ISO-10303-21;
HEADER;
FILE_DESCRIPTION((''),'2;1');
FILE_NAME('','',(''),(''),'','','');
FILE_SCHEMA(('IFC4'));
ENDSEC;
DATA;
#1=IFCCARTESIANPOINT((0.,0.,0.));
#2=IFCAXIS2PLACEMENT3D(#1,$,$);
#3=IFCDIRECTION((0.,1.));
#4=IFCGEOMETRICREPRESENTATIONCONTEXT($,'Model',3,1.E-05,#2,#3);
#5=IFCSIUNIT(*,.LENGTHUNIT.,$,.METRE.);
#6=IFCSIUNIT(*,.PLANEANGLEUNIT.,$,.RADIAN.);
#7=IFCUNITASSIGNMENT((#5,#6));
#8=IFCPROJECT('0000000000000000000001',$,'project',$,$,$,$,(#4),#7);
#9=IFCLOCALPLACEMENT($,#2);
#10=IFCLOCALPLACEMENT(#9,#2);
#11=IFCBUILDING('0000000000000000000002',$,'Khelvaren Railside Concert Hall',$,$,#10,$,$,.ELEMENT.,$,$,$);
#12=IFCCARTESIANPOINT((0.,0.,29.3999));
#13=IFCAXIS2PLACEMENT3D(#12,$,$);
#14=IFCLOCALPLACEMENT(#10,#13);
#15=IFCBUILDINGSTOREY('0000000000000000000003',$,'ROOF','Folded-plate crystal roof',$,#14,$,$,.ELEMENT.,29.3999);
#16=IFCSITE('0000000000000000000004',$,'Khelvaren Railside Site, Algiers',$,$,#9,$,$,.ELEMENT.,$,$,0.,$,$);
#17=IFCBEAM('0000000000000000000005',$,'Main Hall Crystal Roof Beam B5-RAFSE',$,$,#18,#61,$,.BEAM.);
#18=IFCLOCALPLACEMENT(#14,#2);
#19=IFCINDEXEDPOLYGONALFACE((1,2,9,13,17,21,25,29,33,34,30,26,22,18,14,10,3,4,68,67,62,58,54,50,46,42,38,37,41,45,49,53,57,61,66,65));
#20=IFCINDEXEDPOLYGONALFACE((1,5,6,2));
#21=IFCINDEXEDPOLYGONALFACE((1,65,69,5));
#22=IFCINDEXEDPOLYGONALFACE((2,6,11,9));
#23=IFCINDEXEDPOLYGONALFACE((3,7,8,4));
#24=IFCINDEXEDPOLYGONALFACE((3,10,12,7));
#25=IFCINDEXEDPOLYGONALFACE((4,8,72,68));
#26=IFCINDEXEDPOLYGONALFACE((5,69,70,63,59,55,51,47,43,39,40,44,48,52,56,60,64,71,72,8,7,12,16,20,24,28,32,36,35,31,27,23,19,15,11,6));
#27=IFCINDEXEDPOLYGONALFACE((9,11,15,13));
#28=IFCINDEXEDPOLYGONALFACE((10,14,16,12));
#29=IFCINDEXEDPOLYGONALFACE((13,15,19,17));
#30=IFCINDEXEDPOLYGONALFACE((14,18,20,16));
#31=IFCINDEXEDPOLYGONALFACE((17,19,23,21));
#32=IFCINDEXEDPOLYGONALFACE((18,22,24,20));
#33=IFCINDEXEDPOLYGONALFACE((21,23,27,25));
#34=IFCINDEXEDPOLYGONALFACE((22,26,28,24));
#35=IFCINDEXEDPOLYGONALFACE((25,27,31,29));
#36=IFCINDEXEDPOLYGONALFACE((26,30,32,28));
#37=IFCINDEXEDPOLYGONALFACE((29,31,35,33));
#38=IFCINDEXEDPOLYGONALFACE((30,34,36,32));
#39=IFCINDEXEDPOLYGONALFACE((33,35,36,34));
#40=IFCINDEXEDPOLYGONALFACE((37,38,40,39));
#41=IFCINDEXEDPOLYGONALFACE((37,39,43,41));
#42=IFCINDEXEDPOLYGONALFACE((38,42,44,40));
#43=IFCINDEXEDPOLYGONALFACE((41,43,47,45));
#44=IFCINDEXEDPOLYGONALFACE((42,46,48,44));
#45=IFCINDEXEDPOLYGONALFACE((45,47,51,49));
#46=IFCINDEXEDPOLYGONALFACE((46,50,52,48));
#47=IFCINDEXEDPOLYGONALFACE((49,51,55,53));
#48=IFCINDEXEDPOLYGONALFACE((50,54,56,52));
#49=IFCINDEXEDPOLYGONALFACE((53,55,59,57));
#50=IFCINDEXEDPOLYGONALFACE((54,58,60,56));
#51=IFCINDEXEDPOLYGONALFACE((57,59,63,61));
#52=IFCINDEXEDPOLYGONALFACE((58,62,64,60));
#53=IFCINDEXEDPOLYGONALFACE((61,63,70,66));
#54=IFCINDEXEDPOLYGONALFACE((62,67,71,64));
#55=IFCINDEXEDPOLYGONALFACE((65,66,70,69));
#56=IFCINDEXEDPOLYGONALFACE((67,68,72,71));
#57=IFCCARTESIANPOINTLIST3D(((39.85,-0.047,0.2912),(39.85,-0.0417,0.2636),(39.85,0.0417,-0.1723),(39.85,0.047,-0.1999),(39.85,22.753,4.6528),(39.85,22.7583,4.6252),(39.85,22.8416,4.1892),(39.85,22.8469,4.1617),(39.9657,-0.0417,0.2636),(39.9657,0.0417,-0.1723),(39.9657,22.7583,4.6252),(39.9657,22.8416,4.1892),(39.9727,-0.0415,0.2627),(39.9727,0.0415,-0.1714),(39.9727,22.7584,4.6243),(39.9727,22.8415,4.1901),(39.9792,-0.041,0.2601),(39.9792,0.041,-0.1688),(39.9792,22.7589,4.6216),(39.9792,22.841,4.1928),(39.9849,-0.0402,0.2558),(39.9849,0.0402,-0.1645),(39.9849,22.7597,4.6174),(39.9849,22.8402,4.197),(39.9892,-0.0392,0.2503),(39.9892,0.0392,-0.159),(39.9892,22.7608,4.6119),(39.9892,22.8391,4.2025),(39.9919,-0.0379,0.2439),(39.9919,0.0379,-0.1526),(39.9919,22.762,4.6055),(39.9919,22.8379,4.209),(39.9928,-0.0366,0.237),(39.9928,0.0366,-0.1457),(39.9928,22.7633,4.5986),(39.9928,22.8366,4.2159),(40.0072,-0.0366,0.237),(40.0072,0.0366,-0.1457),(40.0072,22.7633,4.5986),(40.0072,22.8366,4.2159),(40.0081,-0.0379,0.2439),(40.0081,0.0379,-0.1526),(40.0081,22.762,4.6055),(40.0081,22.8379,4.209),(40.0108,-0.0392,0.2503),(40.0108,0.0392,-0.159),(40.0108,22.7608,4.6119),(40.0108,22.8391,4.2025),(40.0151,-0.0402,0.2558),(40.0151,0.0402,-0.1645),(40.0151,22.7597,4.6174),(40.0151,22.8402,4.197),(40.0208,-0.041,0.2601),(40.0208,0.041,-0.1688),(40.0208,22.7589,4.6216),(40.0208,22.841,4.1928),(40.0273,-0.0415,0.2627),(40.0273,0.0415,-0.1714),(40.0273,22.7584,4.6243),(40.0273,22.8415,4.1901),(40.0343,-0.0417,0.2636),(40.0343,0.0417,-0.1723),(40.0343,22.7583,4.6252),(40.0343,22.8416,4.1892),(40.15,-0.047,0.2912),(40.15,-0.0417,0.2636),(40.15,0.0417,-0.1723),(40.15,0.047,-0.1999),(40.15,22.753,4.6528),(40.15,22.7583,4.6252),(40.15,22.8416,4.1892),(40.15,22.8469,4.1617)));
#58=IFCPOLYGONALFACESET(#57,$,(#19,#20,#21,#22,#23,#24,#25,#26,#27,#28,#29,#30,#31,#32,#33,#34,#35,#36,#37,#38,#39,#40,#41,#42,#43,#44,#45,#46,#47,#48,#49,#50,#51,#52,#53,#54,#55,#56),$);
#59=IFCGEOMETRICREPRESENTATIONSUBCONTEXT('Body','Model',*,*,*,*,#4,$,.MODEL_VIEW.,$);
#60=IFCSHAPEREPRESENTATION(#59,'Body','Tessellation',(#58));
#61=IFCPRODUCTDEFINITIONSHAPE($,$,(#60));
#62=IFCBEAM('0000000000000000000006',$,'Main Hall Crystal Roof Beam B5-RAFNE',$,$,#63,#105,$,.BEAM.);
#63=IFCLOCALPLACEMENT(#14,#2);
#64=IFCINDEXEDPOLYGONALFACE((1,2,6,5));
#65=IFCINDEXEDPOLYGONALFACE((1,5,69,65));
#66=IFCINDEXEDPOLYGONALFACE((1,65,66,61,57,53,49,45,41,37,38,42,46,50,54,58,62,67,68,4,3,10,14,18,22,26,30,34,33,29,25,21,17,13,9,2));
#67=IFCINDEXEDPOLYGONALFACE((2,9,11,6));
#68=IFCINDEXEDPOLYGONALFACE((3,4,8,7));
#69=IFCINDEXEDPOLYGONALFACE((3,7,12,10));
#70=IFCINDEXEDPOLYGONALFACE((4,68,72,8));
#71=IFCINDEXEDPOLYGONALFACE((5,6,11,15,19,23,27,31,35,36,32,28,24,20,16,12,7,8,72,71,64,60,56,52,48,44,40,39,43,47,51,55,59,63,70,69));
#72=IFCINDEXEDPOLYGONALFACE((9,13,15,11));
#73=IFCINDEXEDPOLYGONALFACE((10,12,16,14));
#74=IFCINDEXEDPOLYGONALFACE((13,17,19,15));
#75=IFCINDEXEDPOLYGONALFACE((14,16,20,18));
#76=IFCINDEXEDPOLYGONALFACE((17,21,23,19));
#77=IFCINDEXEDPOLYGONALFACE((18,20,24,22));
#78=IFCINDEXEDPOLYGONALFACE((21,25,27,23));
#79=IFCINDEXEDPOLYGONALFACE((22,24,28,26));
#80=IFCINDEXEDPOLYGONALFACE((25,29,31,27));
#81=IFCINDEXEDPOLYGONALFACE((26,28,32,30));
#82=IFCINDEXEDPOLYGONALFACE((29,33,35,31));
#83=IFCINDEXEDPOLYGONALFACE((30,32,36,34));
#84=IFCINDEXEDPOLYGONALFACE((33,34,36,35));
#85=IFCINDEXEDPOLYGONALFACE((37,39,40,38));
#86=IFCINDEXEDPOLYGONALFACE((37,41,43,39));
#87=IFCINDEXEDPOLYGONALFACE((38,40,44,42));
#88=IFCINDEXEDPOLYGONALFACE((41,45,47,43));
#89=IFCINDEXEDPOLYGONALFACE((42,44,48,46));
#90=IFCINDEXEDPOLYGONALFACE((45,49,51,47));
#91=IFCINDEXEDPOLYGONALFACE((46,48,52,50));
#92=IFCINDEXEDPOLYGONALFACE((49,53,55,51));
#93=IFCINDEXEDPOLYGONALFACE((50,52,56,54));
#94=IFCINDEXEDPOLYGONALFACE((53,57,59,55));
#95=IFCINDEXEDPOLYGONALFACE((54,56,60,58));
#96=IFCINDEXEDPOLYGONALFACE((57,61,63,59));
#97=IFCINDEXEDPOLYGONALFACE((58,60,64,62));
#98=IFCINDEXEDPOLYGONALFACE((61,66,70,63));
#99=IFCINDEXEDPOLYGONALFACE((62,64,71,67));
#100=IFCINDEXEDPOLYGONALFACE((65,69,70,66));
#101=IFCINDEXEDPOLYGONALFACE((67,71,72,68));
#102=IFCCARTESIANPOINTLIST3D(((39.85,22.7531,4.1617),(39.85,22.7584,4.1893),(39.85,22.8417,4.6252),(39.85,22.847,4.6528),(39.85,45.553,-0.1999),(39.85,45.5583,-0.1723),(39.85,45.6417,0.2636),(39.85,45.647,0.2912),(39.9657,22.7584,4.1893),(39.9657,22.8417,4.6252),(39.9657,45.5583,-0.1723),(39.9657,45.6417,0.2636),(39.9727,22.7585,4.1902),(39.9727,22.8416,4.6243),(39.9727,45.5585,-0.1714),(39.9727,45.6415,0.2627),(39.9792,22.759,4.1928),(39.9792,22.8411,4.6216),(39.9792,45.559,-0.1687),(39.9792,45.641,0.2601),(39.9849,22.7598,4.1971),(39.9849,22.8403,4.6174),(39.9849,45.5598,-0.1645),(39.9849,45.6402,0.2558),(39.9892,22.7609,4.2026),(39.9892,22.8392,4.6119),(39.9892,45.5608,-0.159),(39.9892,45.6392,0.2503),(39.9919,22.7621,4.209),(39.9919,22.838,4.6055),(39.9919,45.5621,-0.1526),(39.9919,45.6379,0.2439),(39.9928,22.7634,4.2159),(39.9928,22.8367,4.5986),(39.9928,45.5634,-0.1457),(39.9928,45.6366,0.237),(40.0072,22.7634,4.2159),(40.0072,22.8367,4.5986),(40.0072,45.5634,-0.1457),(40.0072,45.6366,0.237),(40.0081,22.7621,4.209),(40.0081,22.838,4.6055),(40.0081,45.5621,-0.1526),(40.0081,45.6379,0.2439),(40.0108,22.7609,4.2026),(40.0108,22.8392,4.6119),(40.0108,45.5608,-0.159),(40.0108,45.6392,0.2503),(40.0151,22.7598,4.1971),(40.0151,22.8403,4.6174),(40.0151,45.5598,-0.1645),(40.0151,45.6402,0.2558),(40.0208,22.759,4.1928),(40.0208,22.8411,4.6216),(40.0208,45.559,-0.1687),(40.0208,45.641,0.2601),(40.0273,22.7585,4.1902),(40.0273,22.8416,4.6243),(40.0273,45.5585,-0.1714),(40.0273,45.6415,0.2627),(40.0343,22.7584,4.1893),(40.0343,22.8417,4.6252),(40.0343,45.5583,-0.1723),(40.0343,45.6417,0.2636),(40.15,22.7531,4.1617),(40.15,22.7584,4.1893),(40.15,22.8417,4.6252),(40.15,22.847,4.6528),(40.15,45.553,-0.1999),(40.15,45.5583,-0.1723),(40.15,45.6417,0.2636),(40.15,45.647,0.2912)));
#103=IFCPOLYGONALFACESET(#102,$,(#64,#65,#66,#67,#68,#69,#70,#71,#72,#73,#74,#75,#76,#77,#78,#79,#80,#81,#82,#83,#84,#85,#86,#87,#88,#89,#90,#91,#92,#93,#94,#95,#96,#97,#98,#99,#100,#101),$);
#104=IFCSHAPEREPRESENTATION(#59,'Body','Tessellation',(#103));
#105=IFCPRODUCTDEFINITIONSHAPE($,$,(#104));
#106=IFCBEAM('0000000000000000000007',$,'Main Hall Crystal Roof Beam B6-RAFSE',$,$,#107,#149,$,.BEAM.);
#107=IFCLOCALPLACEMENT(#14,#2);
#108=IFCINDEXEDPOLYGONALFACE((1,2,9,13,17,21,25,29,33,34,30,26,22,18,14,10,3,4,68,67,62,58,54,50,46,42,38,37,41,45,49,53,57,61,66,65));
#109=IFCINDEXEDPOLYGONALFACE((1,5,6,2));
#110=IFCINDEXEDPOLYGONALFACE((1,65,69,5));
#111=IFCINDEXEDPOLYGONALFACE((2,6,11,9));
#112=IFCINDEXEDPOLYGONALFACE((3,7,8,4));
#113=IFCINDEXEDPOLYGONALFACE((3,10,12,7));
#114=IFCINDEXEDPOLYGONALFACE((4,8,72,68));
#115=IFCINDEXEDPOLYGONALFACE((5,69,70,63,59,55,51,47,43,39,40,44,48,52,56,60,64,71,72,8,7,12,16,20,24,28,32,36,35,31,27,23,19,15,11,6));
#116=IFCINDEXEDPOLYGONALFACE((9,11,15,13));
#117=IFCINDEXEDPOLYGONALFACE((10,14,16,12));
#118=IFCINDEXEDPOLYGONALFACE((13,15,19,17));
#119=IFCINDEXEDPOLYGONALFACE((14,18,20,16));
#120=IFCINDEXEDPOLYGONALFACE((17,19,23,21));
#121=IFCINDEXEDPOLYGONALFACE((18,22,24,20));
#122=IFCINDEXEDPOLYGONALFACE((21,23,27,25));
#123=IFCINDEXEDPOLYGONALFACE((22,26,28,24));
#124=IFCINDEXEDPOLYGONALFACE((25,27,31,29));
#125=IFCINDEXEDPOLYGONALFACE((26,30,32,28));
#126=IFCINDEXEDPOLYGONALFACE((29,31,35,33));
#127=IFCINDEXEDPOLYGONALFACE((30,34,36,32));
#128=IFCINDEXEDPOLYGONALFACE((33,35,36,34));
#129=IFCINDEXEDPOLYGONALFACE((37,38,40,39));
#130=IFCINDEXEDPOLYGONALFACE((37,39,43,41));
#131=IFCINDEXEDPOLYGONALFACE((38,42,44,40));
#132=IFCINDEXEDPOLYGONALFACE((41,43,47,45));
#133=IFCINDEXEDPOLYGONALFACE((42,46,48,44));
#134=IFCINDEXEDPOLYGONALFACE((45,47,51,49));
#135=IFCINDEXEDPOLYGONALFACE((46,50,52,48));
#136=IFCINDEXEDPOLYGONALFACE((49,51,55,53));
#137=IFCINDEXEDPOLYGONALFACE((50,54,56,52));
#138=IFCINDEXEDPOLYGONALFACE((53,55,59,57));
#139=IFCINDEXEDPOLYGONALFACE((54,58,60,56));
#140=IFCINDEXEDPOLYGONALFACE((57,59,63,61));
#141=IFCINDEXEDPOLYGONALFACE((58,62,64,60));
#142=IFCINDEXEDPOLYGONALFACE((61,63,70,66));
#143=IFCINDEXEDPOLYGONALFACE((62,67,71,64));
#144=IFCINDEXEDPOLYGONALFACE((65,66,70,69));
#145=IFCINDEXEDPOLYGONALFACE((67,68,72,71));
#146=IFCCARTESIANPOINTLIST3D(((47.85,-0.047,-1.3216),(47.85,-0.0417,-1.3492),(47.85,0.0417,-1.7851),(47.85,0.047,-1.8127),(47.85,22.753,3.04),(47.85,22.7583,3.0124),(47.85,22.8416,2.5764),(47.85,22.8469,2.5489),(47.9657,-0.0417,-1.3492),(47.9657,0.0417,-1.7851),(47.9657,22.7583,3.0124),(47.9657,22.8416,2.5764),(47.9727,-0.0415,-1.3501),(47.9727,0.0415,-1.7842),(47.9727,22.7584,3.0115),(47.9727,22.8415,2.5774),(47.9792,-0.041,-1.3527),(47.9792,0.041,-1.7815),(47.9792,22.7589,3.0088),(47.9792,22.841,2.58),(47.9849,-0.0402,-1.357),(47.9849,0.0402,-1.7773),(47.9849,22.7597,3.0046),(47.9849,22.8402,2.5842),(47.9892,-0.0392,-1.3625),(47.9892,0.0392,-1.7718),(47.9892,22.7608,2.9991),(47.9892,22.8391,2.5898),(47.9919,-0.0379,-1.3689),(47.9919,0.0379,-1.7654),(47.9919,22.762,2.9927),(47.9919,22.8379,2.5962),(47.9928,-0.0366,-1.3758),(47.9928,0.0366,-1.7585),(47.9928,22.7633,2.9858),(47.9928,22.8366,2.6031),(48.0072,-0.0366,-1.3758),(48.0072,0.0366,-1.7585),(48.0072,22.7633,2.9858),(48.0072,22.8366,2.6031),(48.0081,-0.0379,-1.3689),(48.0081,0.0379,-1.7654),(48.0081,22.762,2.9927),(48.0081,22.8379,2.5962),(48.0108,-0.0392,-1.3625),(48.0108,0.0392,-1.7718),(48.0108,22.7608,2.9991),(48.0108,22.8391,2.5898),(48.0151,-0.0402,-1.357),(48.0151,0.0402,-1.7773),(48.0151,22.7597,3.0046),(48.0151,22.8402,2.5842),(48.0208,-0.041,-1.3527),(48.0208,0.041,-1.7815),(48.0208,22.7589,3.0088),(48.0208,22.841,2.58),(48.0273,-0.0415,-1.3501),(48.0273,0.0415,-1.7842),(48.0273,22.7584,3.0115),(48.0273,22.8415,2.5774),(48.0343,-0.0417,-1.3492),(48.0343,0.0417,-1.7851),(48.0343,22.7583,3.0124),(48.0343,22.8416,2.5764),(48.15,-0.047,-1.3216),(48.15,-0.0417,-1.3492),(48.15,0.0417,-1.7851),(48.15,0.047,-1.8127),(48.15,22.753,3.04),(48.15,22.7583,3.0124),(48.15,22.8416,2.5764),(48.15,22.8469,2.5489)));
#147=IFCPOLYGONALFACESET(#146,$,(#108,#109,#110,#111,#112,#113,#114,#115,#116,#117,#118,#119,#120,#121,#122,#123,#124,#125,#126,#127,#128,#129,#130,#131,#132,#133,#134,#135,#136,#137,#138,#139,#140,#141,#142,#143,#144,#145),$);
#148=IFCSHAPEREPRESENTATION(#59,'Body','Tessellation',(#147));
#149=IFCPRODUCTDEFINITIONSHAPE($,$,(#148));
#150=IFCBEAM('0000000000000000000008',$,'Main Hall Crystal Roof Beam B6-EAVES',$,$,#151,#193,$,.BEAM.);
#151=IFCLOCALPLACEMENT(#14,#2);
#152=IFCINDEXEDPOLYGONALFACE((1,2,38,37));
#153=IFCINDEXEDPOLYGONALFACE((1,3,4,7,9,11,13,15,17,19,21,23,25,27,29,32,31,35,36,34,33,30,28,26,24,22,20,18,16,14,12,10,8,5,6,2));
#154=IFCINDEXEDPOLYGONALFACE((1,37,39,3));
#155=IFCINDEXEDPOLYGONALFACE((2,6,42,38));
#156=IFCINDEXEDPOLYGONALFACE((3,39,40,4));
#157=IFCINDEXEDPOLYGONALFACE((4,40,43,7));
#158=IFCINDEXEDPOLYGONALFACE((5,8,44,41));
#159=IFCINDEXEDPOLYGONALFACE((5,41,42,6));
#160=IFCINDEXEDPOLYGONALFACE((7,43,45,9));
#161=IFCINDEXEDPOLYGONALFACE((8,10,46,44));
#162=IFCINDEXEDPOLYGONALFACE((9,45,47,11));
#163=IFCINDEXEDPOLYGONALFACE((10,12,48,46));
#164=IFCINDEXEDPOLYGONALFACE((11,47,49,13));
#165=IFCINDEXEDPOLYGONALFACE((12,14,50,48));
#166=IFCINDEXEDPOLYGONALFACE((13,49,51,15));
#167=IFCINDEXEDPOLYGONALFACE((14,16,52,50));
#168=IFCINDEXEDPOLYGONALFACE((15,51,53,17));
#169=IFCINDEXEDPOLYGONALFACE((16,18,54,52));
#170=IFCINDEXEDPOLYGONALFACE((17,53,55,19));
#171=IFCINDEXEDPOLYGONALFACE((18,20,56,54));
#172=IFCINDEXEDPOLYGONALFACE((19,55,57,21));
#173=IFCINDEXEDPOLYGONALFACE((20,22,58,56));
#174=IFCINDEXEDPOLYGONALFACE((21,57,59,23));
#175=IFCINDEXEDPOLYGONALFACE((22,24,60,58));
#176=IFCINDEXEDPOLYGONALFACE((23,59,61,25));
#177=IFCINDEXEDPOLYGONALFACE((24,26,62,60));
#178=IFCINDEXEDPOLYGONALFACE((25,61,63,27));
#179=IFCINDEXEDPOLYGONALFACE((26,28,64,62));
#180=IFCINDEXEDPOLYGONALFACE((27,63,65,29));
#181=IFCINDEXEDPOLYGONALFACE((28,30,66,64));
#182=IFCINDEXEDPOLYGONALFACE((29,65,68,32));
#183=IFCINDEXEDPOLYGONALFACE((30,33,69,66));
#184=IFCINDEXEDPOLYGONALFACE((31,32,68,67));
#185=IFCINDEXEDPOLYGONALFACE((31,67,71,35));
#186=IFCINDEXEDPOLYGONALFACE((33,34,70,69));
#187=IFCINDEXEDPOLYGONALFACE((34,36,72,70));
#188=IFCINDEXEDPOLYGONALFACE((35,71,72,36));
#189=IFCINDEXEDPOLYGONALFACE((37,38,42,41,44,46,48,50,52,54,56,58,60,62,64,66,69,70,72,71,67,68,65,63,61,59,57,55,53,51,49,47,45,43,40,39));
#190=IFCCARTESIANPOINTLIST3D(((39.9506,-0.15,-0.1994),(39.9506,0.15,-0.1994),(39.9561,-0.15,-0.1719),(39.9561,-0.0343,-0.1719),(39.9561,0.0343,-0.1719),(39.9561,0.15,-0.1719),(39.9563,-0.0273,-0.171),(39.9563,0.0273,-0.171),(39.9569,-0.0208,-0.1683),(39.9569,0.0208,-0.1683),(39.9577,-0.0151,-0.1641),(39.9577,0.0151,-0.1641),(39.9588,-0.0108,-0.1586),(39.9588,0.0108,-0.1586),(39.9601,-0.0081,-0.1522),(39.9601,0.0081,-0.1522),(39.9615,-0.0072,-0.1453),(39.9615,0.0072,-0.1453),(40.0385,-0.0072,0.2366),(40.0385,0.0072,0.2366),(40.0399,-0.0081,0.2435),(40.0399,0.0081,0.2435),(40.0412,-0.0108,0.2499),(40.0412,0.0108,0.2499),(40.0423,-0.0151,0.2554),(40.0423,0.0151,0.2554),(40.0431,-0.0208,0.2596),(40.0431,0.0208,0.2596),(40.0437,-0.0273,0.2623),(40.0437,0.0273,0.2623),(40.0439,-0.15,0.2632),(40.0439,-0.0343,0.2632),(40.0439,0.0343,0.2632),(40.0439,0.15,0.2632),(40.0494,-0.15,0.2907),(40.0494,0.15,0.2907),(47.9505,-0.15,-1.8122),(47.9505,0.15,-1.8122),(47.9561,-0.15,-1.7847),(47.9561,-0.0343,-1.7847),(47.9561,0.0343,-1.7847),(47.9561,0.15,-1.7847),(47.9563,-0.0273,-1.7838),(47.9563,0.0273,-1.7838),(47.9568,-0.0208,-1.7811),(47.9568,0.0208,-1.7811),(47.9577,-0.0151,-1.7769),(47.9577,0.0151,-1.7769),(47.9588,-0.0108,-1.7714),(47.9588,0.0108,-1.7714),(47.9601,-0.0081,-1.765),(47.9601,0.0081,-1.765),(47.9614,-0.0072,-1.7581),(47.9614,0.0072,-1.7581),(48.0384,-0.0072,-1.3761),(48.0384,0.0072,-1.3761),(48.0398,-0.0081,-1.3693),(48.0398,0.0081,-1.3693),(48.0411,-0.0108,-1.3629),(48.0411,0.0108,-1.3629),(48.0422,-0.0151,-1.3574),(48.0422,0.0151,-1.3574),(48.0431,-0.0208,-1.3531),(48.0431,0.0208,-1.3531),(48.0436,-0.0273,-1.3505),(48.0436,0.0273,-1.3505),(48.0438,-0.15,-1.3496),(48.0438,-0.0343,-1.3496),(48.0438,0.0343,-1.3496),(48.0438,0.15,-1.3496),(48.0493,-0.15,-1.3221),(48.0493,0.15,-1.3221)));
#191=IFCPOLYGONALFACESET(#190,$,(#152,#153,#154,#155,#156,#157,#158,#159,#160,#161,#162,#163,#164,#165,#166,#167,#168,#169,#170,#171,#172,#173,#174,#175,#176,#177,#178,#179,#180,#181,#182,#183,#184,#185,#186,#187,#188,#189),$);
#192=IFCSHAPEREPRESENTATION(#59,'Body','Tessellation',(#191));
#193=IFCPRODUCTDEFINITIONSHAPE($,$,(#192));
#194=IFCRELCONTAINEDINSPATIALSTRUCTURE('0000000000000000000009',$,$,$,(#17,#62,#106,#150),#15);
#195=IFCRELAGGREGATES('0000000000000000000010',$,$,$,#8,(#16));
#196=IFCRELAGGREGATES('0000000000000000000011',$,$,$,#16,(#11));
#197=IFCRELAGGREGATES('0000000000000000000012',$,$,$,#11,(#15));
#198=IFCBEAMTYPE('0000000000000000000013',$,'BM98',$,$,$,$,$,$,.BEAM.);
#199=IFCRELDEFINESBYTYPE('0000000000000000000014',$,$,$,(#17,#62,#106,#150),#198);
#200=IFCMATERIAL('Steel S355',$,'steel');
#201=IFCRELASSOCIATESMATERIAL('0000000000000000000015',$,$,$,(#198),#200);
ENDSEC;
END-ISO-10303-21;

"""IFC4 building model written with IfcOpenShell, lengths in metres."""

from ifc_helpers import new_model, si_unit, direction, frame, origin, origin_2d, place, context, subcontext, project, spatial, i_section, extrude, material, material_profile, profile_set, type_object, element, save


model = new_model("IFC4")

# Units and contexts
model_context = context("Model", 3, precision=1e-05, world=origin(), true_north=direction((0.0, 1.0)))
body_context = subcontext(model_context, "Body", "Model", "MODEL_VIEW")
ifc_project = project(units=[si_unit("LENGTHUNIT", "METRE"), si_unit("PLANEANGLEUNIT", "RADIAN")], contexts=[model_context])

# Site, building, storey
site_placement = place(None, origin())
site = spatial("IfcSite", under=ifc_project, at=site_placement, Name="Khelvaren Railside Site, Algiers", CompositionType="ELEMENT", RefElevation=0.0)
building_placement = place(site_placement, origin())
building = spatial("IfcBuilding", under=site, at=building_placement, Name="Khelvaren Railside Concert Hall", CompositionType="ELEMENT")
storey_placement = place(building_placement, frame((0.0, 0.0, 29.3999)))
storey = spatial("IfcBuildingStorey", under=building, at=storey_placement, Name="ROOF", Description="Folded-plate crystal roof", CompositionType="ELEMENT", Elevation=29.3999)

# Beams
ifc_material_1 = material(Name="Steel S355", Category="steel")
ifc_material_profile_1 = material_profile(ifc_material_1, i_section(OverallWidth=0.3, OverallDepth=0.5, WebThickness=0.0144, FlangeThickness=0.0281, FilletRadius=0.0271, at=origin_2d()), Name="HEB 500")
ifc_profile_set_1 = profile_set([ifc_material_profile_1], Name="Steel S355")
beam_type = type_object("IfcBeamType", Name="BM98", PredefinedType="BEAM", material=ifc_profile_set_1)
for number, where, z_axis, x_axis, name in (
    (1, (40.0, 0.0, 0.0457), (0.0, 0.98219, 0.18789), (-1.0, 0.0, 0.0), "Main Hall Crystal Roof Beam B5-RAFSE"),
    (2, (40.0, 22.8, 4.4072), (0.0, 0.98219, -0.18789), (-1.0, 0.0, 0.0), "Main Hall Crystal Roof Beam B5-RAFNE"),
    (3, (48.0, 0.0, -1.5671), (0.0, 0.98219, 0.18789), (-1.0, 0.0, 0.0), "Main Hall Crystal Roof Beam B6-RAFSE"),
):
    element("IfcBeam", number, at=place(storey_placement, frame(where, z_axis=z_axis, x_axis=x_axis)), inside=storey, type_object=beam_type, Name=name, PredefinedType="BEAM", context=body_context, shape_type="SweptSolid", body=[
        extrude(i_section(OverallWidth=0.3, OverallDepth=0.5, WebThickness=0.0144, FlangeThickness=0.0281, FilletRadius=0.0271, at=origin_2d()), origin(), (0.0, 0.0, 1.0), 23.2134),
    ])
beam_placement = place(storey_placement, frame((40.0, 0.0, 0.0457), z_axis=(0.980278, 0.0, -0.197623), x_axis=(0.0, 1.0, 0.0)))
element("IfcBeam", 4, at=beam_placement, inside=storey, type_object=beam_type, Name="Main Hall Crystal Roof Beam B6-EAVES", PredefinedType="BEAM", context=body_context, shape_type="SweptSolid", body=[
    extrude(i_section(OverallWidth=0.3, OverallDepth=0.5, WebThickness=0.0144, FlangeThickness=0.0281, FilletRadius=0.0271, at=origin_2d()), origin(), (0.0, 0.0, 1.0), 8.1609),
])

save(model, "model.ifc")
